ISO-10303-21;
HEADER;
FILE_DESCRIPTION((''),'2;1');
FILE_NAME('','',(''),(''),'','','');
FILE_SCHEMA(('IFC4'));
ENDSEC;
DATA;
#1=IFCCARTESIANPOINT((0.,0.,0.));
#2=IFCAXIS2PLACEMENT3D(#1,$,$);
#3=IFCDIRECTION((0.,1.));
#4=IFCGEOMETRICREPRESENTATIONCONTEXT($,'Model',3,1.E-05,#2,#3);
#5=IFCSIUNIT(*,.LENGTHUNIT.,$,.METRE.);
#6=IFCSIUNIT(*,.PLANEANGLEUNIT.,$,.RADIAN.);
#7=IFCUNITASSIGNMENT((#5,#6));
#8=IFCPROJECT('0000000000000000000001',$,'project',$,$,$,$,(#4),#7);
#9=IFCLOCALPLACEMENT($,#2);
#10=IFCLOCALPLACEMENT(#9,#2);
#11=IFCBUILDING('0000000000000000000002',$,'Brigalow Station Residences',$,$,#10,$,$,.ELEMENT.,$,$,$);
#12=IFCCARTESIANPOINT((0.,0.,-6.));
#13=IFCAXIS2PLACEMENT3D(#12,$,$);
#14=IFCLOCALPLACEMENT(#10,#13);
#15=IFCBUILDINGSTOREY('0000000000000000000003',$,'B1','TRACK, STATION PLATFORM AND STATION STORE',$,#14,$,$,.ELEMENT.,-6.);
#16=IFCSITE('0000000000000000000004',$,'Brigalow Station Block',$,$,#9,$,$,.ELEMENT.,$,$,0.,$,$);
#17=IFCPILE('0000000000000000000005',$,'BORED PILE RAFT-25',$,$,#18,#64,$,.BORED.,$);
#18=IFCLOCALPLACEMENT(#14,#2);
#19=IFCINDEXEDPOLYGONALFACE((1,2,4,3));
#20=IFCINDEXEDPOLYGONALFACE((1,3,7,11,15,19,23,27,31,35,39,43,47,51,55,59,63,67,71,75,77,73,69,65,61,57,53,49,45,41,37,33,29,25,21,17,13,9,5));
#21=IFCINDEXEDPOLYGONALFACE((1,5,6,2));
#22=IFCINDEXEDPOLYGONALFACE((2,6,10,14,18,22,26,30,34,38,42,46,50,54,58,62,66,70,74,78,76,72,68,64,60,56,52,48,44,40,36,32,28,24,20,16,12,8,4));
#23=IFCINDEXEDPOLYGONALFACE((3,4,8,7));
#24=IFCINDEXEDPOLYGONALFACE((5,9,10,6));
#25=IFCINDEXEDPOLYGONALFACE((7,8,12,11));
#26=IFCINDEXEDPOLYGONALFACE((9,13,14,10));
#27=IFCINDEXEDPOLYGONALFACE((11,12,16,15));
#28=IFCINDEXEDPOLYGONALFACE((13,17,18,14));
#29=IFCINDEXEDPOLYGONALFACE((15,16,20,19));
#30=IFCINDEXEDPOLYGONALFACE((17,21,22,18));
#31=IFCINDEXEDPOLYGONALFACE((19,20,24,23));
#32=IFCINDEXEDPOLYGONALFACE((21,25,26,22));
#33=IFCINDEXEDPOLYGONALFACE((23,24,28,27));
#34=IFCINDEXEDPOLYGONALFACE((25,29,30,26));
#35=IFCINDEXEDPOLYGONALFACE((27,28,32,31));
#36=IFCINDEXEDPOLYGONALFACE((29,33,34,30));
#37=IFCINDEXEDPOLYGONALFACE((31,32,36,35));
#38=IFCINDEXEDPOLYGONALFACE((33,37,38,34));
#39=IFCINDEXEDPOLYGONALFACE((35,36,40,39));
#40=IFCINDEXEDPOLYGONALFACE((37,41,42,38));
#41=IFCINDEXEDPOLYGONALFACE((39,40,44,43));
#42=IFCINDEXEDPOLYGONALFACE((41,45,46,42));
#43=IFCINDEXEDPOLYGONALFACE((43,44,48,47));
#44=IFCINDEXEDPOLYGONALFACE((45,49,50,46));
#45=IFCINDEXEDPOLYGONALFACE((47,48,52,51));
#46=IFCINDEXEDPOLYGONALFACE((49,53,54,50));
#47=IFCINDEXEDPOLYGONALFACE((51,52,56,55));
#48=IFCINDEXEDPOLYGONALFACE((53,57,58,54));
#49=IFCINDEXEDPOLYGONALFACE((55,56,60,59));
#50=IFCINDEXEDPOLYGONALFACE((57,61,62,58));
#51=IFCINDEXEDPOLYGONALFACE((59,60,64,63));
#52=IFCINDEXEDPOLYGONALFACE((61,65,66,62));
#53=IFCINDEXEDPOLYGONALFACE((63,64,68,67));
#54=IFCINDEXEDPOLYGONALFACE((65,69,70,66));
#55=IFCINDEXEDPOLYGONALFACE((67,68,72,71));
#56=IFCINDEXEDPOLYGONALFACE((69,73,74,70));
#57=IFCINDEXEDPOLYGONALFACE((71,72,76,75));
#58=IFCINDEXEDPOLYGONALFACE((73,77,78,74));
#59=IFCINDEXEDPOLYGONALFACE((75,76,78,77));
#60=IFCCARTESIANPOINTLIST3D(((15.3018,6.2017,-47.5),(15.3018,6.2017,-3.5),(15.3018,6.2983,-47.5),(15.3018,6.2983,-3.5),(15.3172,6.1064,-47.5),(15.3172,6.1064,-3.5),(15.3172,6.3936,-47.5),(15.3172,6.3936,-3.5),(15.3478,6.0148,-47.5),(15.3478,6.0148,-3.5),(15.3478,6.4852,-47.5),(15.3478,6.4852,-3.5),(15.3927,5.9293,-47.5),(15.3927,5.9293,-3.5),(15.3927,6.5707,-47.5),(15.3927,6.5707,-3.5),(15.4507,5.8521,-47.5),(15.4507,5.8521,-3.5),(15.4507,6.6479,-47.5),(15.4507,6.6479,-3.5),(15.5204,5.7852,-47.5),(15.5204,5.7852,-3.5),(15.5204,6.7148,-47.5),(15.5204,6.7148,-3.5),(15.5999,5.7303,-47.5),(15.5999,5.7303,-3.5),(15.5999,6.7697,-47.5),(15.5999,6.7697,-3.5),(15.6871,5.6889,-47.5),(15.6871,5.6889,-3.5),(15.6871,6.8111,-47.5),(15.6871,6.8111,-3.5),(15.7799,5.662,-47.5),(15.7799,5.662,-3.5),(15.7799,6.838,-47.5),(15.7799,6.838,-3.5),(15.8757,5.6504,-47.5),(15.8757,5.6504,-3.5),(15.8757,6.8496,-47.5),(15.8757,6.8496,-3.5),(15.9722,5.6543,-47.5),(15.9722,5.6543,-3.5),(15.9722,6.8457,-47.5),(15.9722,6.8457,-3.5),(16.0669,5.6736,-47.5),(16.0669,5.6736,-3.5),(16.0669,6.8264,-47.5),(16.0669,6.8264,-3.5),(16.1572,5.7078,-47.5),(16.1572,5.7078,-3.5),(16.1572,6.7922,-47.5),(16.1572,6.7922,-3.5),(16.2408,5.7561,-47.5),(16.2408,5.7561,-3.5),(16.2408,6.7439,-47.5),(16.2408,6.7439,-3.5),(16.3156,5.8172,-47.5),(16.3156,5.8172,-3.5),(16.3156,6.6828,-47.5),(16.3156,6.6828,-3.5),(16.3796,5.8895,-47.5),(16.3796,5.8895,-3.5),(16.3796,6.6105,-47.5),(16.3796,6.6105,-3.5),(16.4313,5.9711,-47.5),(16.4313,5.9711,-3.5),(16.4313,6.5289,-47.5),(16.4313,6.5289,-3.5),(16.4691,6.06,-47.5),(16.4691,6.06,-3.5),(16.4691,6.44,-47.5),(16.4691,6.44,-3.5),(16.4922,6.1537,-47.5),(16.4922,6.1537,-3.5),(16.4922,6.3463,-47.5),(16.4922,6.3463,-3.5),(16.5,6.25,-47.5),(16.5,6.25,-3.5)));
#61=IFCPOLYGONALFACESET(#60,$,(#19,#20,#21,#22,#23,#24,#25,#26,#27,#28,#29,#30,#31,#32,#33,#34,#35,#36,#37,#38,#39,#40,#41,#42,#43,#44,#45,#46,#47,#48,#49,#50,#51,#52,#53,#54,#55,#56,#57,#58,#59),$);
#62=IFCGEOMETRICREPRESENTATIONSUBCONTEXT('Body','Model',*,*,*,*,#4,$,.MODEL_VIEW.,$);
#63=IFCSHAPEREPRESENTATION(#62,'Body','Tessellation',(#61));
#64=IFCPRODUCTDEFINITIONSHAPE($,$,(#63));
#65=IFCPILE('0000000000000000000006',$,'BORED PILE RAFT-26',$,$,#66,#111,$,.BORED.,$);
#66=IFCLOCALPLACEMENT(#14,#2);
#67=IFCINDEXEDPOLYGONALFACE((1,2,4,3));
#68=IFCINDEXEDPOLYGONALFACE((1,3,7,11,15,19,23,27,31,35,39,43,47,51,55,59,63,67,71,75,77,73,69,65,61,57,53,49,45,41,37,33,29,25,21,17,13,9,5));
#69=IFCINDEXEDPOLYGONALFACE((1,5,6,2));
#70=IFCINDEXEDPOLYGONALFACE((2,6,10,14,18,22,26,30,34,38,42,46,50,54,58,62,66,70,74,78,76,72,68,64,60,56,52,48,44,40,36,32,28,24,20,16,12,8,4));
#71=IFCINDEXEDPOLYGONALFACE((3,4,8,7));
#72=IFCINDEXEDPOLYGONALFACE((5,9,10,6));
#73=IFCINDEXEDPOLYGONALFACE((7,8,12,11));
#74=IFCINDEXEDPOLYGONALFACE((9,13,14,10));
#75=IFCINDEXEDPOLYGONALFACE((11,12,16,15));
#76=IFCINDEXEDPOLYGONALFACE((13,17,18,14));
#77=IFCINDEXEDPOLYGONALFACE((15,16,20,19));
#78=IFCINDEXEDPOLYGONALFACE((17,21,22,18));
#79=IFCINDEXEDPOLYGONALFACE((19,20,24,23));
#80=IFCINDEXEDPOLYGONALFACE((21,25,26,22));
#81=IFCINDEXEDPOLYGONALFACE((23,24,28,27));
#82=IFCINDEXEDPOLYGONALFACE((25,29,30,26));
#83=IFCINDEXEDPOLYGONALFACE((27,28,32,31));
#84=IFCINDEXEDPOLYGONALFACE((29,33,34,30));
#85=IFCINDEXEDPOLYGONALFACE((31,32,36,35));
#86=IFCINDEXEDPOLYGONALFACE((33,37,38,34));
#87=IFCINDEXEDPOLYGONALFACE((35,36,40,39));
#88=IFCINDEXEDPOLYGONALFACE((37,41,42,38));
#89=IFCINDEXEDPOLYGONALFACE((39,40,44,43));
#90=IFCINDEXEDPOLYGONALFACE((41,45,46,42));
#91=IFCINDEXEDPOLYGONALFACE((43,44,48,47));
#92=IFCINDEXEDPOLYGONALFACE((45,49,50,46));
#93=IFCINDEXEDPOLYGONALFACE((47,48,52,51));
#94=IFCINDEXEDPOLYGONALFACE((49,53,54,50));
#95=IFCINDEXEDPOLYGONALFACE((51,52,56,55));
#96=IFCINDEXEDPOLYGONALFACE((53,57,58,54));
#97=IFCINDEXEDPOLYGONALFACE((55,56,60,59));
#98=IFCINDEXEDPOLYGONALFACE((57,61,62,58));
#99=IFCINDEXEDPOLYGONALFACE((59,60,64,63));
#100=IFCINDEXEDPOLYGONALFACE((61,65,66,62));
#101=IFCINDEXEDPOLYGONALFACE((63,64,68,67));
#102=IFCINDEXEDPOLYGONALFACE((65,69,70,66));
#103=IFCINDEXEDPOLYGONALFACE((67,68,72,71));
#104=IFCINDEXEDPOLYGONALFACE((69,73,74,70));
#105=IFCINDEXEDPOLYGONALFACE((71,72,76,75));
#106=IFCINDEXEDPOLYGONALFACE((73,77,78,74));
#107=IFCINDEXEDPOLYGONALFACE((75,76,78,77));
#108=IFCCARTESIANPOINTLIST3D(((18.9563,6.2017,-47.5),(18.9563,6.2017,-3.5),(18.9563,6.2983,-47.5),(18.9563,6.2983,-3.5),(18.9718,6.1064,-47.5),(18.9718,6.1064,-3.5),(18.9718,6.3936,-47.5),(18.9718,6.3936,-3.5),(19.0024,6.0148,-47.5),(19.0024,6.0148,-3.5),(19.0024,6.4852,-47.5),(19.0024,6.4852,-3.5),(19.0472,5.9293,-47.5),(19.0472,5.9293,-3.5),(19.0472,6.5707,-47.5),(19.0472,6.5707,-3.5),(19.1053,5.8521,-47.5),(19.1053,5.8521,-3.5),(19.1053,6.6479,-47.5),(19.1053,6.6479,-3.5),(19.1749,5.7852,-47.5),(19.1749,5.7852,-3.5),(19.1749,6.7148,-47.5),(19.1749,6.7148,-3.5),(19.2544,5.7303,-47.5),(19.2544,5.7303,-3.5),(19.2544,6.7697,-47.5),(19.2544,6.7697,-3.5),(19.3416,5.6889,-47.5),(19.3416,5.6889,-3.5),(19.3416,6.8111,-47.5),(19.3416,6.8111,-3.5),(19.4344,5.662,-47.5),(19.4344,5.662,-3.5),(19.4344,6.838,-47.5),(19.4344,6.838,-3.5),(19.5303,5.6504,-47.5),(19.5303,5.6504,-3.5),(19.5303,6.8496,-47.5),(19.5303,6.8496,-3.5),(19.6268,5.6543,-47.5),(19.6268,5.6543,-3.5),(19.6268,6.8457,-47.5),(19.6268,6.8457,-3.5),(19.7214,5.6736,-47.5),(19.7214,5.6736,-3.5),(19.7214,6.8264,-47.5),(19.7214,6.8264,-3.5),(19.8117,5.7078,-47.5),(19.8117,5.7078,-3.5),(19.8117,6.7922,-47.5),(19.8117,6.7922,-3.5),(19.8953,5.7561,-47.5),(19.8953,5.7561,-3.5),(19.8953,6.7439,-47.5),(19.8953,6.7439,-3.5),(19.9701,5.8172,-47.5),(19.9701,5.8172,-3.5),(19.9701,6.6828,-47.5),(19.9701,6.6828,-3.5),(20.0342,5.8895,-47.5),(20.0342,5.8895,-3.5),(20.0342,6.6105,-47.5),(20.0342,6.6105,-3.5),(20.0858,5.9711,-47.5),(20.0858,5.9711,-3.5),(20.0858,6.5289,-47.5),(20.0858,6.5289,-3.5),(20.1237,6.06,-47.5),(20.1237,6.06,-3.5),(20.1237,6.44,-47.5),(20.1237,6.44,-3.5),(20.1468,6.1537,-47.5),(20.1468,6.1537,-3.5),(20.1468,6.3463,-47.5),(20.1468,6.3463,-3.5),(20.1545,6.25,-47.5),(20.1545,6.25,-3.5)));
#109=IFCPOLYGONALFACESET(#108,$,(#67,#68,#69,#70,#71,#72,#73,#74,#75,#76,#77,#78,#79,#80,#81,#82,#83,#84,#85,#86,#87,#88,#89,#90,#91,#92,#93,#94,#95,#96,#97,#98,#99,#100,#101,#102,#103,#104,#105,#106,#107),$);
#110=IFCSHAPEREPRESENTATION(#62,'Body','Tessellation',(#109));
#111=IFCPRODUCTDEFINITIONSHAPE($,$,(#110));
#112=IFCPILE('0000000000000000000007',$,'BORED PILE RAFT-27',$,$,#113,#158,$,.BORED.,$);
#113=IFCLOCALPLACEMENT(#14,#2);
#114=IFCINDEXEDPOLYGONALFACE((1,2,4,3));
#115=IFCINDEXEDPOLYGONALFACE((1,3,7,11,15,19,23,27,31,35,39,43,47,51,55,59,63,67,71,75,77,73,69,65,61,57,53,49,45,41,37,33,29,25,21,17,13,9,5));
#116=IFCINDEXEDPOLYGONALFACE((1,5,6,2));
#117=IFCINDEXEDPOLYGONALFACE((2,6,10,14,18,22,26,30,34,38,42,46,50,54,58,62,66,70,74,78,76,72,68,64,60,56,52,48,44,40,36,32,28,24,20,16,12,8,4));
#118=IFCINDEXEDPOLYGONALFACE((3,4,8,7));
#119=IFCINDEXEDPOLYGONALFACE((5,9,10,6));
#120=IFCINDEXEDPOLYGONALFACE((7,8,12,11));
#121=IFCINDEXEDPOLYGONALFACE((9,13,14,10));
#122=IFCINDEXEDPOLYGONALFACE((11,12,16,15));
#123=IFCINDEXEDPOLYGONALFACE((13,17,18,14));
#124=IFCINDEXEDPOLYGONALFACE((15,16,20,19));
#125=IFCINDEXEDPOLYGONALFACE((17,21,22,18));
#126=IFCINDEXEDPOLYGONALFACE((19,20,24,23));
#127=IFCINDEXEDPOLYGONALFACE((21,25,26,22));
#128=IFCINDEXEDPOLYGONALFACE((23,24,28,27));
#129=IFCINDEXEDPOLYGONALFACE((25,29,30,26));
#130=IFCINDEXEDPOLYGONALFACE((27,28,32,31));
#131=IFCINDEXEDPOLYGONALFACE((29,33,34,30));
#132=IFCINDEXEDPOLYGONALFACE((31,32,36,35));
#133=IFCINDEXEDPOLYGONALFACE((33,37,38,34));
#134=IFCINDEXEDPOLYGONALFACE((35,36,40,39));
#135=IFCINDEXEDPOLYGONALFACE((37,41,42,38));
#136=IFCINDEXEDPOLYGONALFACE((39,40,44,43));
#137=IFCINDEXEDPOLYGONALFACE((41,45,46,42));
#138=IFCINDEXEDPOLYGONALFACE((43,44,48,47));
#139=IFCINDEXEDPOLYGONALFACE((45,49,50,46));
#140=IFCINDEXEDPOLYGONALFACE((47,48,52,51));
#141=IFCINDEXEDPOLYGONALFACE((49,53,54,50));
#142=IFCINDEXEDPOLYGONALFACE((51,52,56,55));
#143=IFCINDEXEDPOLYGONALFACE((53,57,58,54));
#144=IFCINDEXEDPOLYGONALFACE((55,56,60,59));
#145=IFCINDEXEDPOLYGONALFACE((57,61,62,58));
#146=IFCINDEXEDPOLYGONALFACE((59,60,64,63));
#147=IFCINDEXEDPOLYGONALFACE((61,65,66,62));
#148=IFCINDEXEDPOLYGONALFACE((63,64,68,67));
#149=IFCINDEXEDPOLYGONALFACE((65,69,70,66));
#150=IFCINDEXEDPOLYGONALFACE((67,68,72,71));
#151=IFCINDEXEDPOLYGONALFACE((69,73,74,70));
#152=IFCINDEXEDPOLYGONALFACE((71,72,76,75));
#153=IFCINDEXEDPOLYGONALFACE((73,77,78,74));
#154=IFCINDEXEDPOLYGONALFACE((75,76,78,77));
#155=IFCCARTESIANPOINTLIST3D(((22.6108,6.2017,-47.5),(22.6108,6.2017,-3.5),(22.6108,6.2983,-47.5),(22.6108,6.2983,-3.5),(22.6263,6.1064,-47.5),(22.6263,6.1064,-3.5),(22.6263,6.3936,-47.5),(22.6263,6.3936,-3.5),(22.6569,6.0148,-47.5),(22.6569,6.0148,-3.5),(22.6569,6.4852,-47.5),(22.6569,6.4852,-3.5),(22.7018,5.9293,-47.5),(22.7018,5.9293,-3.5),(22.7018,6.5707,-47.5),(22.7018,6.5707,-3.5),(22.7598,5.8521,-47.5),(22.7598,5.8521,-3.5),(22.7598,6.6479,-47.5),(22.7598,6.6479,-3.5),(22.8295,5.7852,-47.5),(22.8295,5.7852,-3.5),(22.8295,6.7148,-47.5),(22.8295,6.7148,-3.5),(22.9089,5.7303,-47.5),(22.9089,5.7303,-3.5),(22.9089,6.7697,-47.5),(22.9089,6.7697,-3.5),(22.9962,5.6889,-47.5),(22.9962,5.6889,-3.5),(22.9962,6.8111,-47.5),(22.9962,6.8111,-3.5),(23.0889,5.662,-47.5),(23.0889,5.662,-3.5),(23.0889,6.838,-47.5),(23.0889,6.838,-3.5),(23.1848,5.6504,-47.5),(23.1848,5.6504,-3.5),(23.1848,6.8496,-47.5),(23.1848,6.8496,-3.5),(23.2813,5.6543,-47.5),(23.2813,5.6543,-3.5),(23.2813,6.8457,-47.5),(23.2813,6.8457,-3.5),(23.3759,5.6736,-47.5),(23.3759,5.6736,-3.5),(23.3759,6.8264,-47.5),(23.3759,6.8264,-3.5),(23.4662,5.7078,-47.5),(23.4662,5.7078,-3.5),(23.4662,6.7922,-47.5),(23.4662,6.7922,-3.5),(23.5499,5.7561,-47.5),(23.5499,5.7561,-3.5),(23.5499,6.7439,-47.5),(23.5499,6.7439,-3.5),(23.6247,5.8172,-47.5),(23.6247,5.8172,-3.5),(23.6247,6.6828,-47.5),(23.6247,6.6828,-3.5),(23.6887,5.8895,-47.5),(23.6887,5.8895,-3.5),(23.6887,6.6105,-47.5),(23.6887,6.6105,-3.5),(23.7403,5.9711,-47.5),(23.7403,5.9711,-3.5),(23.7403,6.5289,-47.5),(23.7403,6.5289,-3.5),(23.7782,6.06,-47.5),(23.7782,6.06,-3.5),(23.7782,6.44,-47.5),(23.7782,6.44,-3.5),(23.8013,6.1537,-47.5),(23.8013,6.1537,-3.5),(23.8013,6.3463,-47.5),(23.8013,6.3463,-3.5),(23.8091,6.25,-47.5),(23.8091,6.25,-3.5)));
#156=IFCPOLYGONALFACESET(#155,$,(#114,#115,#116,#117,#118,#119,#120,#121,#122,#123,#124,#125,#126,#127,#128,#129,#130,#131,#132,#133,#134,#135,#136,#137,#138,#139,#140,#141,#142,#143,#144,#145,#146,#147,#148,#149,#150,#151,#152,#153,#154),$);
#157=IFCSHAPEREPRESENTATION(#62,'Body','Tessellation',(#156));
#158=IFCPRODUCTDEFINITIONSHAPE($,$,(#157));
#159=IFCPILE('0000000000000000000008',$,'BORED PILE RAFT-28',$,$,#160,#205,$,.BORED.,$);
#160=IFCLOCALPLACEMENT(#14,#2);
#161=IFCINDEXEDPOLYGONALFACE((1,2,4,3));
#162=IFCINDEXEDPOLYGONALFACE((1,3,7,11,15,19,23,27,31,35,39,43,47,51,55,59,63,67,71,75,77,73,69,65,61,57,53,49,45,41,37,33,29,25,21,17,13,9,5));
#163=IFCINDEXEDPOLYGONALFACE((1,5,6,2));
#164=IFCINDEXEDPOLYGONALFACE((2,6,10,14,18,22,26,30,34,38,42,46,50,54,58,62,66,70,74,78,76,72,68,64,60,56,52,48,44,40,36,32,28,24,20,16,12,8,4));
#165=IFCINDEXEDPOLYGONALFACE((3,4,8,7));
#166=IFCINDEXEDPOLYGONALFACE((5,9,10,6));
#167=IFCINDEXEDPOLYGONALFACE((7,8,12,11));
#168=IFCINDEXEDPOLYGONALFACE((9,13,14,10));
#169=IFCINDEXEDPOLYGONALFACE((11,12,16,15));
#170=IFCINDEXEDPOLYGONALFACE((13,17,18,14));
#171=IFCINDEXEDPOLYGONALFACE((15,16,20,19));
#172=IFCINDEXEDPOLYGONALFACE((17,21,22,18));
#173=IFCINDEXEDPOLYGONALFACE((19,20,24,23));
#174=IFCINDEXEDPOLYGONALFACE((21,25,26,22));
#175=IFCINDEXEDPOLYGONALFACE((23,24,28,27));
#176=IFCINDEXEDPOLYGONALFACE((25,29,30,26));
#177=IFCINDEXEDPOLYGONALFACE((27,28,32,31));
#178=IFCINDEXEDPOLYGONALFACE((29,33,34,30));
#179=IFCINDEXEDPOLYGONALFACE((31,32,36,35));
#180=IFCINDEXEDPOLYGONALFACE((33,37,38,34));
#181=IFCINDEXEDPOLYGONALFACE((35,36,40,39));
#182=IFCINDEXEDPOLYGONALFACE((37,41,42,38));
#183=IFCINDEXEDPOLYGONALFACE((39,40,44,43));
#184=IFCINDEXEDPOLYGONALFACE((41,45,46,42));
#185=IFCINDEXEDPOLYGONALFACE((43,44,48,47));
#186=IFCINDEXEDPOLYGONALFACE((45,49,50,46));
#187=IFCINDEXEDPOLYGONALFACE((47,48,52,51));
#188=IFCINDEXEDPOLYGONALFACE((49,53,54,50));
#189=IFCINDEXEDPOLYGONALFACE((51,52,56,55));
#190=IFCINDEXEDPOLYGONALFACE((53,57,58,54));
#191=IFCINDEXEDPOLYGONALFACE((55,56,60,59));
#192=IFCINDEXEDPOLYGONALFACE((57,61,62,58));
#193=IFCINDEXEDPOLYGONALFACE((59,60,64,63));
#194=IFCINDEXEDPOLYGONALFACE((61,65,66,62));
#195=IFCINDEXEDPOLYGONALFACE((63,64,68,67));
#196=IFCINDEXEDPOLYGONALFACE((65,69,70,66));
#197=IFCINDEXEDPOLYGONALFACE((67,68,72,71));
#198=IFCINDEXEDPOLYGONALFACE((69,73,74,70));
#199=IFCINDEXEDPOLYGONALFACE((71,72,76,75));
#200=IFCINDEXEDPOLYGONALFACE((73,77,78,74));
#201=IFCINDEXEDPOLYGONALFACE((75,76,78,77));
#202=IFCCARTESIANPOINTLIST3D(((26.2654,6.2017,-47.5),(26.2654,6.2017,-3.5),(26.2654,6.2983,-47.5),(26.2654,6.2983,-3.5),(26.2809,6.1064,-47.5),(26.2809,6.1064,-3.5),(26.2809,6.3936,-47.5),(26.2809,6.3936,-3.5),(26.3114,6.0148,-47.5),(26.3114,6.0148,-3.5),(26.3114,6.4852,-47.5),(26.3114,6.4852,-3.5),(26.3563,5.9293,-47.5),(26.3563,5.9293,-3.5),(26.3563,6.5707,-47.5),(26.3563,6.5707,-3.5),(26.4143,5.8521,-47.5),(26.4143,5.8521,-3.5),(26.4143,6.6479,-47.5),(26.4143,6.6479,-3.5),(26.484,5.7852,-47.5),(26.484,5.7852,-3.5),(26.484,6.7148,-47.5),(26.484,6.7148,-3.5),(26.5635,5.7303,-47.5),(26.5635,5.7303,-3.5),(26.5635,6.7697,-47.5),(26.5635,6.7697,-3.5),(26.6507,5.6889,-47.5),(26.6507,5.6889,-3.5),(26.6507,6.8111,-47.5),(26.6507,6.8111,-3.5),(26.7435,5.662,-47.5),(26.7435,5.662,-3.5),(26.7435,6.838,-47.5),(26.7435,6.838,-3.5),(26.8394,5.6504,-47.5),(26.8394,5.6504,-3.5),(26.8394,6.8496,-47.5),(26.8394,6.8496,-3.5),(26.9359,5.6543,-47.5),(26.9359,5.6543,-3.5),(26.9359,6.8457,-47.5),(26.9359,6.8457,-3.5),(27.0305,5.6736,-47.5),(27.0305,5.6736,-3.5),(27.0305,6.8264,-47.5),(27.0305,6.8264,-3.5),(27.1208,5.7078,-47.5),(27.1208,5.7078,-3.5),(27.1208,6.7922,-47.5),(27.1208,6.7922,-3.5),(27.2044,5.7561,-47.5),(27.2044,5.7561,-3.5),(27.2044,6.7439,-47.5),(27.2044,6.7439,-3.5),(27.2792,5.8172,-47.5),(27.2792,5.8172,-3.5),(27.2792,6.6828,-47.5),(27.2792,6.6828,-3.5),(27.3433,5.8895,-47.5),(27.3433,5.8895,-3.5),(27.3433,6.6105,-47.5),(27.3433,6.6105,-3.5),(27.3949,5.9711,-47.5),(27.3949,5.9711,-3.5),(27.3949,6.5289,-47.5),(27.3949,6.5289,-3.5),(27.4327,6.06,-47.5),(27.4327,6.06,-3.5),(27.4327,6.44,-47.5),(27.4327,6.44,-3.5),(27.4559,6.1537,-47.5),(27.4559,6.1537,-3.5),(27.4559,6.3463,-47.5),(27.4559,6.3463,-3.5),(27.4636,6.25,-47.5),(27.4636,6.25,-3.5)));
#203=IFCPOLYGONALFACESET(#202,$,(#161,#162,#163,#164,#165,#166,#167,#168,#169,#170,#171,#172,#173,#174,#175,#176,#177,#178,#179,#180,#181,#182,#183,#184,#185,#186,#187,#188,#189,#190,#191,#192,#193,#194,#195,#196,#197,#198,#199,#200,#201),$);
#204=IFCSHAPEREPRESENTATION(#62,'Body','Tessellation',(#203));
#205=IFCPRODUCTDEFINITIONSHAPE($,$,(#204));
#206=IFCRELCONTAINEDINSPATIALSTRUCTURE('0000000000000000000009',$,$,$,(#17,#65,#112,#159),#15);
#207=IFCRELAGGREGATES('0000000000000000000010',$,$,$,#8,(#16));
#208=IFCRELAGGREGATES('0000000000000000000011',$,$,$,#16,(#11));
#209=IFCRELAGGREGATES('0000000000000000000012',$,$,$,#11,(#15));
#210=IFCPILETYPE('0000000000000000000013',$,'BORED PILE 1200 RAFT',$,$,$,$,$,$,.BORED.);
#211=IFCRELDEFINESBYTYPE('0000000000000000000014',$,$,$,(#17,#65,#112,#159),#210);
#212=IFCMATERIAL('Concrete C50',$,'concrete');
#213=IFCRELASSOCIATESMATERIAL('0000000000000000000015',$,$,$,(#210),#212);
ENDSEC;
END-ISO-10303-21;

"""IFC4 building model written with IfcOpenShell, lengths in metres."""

from ifc_helpers import new_model, si_unit, direction, frame, origin, origin_2d, place, context, subcontext, project, spatial, circle, extrude, material, material_profile, profile_set, type_object, element, save


model = new_model("IFC4")

# Units and contexts
model_context = context("Model", 3, precision=1e-05, world=origin(), true_north=direction((0.0, 1.0)))
body_context = subcontext(model_context, "Body", "Model", "MODEL_VIEW")
ifc_project = project(units=[si_unit("LENGTHUNIT", "METRE"), si_unit("PLANEANGLEUNIT", "RADIAN")], contexts=[model_context])

# Site, building, storey
site_placement = place(None, origin())
site = spatial("IfcSite", under=ifc_project, at=site_placement, Name="Brigalow Station Block", CompositionType="ELEMENT", RefElevation=0.0)
building_placement = place(site_placement, origin())
building = spatial("IfcBuilding", under=site, at=building_placement, Name="Brigalow Station Residences", CompositionType="ELEMENT")
storey_placement = place(building_placement, frame((0.0, 0.0, -6.0)))
storey = spatial("IfcBuildingStorey", under=building, at=storey_placement, Name="B1", Description="TRACK, STATION PLATFORM AND STATION STORE", CompositionType="ELEMENT", Elevation=-6.0)

# Piles
ifc_material_1 = material(Name="Concrete C50", Category="concrete")
ifc_material_profile_1 = material_profile(ifc_material_1, circle(Radius=0.6001, at=origin_2d()), Name="BP1200")
ifc_profile_set_1 = profile_set([ifc_material_profile_1], Name="Concrete C50")
pile_type = type_object("IfcPileType", Name="BORED PILE 1200 RAFT", PredefinedType="BORED", material=ifc_profile_set_1)
for number, where, z_axis, x_axis, name in (
    (1, (15.8999, 6.25, -3.5), (0.0, 0.0, -1.0), (1.0, 0.0, 0.0), "BORED PILE RAFT-25"),
    (2, (19.5544, 6.25, -3.5), (0.0, 0.0, -1.0), (1.0, 0.0, 0.0), "BORED PILE RAFT-26"),
    (3, (23.209, 6.25, -3.5), (0.0, 0.0, -1.0), (1.0, 0.0, 0.0), "BORED PILE RAFT-27"),
    (4, (26.8635, 6.25, -3.5), (0.0, 0.0, -1.0), (1.0, 0.0, 0.0), "BORED PILE RAFT-28"),
):
    element("IfcPile", number, at=place(storey_placement, frame(where, z_axis=z_axis, x_axis=x_axis)), inside=storey, type_object=pile_type, Name=name, PredefinedType="BORED", context=body_context, shape_type="SweptSolid", body=[
        extrude(circle(Radius=0.6001, at=origin_2d()), origin(), (0.0, 0.0, 1.0), 44.0),
    ])

save(model, "model.ifc")
